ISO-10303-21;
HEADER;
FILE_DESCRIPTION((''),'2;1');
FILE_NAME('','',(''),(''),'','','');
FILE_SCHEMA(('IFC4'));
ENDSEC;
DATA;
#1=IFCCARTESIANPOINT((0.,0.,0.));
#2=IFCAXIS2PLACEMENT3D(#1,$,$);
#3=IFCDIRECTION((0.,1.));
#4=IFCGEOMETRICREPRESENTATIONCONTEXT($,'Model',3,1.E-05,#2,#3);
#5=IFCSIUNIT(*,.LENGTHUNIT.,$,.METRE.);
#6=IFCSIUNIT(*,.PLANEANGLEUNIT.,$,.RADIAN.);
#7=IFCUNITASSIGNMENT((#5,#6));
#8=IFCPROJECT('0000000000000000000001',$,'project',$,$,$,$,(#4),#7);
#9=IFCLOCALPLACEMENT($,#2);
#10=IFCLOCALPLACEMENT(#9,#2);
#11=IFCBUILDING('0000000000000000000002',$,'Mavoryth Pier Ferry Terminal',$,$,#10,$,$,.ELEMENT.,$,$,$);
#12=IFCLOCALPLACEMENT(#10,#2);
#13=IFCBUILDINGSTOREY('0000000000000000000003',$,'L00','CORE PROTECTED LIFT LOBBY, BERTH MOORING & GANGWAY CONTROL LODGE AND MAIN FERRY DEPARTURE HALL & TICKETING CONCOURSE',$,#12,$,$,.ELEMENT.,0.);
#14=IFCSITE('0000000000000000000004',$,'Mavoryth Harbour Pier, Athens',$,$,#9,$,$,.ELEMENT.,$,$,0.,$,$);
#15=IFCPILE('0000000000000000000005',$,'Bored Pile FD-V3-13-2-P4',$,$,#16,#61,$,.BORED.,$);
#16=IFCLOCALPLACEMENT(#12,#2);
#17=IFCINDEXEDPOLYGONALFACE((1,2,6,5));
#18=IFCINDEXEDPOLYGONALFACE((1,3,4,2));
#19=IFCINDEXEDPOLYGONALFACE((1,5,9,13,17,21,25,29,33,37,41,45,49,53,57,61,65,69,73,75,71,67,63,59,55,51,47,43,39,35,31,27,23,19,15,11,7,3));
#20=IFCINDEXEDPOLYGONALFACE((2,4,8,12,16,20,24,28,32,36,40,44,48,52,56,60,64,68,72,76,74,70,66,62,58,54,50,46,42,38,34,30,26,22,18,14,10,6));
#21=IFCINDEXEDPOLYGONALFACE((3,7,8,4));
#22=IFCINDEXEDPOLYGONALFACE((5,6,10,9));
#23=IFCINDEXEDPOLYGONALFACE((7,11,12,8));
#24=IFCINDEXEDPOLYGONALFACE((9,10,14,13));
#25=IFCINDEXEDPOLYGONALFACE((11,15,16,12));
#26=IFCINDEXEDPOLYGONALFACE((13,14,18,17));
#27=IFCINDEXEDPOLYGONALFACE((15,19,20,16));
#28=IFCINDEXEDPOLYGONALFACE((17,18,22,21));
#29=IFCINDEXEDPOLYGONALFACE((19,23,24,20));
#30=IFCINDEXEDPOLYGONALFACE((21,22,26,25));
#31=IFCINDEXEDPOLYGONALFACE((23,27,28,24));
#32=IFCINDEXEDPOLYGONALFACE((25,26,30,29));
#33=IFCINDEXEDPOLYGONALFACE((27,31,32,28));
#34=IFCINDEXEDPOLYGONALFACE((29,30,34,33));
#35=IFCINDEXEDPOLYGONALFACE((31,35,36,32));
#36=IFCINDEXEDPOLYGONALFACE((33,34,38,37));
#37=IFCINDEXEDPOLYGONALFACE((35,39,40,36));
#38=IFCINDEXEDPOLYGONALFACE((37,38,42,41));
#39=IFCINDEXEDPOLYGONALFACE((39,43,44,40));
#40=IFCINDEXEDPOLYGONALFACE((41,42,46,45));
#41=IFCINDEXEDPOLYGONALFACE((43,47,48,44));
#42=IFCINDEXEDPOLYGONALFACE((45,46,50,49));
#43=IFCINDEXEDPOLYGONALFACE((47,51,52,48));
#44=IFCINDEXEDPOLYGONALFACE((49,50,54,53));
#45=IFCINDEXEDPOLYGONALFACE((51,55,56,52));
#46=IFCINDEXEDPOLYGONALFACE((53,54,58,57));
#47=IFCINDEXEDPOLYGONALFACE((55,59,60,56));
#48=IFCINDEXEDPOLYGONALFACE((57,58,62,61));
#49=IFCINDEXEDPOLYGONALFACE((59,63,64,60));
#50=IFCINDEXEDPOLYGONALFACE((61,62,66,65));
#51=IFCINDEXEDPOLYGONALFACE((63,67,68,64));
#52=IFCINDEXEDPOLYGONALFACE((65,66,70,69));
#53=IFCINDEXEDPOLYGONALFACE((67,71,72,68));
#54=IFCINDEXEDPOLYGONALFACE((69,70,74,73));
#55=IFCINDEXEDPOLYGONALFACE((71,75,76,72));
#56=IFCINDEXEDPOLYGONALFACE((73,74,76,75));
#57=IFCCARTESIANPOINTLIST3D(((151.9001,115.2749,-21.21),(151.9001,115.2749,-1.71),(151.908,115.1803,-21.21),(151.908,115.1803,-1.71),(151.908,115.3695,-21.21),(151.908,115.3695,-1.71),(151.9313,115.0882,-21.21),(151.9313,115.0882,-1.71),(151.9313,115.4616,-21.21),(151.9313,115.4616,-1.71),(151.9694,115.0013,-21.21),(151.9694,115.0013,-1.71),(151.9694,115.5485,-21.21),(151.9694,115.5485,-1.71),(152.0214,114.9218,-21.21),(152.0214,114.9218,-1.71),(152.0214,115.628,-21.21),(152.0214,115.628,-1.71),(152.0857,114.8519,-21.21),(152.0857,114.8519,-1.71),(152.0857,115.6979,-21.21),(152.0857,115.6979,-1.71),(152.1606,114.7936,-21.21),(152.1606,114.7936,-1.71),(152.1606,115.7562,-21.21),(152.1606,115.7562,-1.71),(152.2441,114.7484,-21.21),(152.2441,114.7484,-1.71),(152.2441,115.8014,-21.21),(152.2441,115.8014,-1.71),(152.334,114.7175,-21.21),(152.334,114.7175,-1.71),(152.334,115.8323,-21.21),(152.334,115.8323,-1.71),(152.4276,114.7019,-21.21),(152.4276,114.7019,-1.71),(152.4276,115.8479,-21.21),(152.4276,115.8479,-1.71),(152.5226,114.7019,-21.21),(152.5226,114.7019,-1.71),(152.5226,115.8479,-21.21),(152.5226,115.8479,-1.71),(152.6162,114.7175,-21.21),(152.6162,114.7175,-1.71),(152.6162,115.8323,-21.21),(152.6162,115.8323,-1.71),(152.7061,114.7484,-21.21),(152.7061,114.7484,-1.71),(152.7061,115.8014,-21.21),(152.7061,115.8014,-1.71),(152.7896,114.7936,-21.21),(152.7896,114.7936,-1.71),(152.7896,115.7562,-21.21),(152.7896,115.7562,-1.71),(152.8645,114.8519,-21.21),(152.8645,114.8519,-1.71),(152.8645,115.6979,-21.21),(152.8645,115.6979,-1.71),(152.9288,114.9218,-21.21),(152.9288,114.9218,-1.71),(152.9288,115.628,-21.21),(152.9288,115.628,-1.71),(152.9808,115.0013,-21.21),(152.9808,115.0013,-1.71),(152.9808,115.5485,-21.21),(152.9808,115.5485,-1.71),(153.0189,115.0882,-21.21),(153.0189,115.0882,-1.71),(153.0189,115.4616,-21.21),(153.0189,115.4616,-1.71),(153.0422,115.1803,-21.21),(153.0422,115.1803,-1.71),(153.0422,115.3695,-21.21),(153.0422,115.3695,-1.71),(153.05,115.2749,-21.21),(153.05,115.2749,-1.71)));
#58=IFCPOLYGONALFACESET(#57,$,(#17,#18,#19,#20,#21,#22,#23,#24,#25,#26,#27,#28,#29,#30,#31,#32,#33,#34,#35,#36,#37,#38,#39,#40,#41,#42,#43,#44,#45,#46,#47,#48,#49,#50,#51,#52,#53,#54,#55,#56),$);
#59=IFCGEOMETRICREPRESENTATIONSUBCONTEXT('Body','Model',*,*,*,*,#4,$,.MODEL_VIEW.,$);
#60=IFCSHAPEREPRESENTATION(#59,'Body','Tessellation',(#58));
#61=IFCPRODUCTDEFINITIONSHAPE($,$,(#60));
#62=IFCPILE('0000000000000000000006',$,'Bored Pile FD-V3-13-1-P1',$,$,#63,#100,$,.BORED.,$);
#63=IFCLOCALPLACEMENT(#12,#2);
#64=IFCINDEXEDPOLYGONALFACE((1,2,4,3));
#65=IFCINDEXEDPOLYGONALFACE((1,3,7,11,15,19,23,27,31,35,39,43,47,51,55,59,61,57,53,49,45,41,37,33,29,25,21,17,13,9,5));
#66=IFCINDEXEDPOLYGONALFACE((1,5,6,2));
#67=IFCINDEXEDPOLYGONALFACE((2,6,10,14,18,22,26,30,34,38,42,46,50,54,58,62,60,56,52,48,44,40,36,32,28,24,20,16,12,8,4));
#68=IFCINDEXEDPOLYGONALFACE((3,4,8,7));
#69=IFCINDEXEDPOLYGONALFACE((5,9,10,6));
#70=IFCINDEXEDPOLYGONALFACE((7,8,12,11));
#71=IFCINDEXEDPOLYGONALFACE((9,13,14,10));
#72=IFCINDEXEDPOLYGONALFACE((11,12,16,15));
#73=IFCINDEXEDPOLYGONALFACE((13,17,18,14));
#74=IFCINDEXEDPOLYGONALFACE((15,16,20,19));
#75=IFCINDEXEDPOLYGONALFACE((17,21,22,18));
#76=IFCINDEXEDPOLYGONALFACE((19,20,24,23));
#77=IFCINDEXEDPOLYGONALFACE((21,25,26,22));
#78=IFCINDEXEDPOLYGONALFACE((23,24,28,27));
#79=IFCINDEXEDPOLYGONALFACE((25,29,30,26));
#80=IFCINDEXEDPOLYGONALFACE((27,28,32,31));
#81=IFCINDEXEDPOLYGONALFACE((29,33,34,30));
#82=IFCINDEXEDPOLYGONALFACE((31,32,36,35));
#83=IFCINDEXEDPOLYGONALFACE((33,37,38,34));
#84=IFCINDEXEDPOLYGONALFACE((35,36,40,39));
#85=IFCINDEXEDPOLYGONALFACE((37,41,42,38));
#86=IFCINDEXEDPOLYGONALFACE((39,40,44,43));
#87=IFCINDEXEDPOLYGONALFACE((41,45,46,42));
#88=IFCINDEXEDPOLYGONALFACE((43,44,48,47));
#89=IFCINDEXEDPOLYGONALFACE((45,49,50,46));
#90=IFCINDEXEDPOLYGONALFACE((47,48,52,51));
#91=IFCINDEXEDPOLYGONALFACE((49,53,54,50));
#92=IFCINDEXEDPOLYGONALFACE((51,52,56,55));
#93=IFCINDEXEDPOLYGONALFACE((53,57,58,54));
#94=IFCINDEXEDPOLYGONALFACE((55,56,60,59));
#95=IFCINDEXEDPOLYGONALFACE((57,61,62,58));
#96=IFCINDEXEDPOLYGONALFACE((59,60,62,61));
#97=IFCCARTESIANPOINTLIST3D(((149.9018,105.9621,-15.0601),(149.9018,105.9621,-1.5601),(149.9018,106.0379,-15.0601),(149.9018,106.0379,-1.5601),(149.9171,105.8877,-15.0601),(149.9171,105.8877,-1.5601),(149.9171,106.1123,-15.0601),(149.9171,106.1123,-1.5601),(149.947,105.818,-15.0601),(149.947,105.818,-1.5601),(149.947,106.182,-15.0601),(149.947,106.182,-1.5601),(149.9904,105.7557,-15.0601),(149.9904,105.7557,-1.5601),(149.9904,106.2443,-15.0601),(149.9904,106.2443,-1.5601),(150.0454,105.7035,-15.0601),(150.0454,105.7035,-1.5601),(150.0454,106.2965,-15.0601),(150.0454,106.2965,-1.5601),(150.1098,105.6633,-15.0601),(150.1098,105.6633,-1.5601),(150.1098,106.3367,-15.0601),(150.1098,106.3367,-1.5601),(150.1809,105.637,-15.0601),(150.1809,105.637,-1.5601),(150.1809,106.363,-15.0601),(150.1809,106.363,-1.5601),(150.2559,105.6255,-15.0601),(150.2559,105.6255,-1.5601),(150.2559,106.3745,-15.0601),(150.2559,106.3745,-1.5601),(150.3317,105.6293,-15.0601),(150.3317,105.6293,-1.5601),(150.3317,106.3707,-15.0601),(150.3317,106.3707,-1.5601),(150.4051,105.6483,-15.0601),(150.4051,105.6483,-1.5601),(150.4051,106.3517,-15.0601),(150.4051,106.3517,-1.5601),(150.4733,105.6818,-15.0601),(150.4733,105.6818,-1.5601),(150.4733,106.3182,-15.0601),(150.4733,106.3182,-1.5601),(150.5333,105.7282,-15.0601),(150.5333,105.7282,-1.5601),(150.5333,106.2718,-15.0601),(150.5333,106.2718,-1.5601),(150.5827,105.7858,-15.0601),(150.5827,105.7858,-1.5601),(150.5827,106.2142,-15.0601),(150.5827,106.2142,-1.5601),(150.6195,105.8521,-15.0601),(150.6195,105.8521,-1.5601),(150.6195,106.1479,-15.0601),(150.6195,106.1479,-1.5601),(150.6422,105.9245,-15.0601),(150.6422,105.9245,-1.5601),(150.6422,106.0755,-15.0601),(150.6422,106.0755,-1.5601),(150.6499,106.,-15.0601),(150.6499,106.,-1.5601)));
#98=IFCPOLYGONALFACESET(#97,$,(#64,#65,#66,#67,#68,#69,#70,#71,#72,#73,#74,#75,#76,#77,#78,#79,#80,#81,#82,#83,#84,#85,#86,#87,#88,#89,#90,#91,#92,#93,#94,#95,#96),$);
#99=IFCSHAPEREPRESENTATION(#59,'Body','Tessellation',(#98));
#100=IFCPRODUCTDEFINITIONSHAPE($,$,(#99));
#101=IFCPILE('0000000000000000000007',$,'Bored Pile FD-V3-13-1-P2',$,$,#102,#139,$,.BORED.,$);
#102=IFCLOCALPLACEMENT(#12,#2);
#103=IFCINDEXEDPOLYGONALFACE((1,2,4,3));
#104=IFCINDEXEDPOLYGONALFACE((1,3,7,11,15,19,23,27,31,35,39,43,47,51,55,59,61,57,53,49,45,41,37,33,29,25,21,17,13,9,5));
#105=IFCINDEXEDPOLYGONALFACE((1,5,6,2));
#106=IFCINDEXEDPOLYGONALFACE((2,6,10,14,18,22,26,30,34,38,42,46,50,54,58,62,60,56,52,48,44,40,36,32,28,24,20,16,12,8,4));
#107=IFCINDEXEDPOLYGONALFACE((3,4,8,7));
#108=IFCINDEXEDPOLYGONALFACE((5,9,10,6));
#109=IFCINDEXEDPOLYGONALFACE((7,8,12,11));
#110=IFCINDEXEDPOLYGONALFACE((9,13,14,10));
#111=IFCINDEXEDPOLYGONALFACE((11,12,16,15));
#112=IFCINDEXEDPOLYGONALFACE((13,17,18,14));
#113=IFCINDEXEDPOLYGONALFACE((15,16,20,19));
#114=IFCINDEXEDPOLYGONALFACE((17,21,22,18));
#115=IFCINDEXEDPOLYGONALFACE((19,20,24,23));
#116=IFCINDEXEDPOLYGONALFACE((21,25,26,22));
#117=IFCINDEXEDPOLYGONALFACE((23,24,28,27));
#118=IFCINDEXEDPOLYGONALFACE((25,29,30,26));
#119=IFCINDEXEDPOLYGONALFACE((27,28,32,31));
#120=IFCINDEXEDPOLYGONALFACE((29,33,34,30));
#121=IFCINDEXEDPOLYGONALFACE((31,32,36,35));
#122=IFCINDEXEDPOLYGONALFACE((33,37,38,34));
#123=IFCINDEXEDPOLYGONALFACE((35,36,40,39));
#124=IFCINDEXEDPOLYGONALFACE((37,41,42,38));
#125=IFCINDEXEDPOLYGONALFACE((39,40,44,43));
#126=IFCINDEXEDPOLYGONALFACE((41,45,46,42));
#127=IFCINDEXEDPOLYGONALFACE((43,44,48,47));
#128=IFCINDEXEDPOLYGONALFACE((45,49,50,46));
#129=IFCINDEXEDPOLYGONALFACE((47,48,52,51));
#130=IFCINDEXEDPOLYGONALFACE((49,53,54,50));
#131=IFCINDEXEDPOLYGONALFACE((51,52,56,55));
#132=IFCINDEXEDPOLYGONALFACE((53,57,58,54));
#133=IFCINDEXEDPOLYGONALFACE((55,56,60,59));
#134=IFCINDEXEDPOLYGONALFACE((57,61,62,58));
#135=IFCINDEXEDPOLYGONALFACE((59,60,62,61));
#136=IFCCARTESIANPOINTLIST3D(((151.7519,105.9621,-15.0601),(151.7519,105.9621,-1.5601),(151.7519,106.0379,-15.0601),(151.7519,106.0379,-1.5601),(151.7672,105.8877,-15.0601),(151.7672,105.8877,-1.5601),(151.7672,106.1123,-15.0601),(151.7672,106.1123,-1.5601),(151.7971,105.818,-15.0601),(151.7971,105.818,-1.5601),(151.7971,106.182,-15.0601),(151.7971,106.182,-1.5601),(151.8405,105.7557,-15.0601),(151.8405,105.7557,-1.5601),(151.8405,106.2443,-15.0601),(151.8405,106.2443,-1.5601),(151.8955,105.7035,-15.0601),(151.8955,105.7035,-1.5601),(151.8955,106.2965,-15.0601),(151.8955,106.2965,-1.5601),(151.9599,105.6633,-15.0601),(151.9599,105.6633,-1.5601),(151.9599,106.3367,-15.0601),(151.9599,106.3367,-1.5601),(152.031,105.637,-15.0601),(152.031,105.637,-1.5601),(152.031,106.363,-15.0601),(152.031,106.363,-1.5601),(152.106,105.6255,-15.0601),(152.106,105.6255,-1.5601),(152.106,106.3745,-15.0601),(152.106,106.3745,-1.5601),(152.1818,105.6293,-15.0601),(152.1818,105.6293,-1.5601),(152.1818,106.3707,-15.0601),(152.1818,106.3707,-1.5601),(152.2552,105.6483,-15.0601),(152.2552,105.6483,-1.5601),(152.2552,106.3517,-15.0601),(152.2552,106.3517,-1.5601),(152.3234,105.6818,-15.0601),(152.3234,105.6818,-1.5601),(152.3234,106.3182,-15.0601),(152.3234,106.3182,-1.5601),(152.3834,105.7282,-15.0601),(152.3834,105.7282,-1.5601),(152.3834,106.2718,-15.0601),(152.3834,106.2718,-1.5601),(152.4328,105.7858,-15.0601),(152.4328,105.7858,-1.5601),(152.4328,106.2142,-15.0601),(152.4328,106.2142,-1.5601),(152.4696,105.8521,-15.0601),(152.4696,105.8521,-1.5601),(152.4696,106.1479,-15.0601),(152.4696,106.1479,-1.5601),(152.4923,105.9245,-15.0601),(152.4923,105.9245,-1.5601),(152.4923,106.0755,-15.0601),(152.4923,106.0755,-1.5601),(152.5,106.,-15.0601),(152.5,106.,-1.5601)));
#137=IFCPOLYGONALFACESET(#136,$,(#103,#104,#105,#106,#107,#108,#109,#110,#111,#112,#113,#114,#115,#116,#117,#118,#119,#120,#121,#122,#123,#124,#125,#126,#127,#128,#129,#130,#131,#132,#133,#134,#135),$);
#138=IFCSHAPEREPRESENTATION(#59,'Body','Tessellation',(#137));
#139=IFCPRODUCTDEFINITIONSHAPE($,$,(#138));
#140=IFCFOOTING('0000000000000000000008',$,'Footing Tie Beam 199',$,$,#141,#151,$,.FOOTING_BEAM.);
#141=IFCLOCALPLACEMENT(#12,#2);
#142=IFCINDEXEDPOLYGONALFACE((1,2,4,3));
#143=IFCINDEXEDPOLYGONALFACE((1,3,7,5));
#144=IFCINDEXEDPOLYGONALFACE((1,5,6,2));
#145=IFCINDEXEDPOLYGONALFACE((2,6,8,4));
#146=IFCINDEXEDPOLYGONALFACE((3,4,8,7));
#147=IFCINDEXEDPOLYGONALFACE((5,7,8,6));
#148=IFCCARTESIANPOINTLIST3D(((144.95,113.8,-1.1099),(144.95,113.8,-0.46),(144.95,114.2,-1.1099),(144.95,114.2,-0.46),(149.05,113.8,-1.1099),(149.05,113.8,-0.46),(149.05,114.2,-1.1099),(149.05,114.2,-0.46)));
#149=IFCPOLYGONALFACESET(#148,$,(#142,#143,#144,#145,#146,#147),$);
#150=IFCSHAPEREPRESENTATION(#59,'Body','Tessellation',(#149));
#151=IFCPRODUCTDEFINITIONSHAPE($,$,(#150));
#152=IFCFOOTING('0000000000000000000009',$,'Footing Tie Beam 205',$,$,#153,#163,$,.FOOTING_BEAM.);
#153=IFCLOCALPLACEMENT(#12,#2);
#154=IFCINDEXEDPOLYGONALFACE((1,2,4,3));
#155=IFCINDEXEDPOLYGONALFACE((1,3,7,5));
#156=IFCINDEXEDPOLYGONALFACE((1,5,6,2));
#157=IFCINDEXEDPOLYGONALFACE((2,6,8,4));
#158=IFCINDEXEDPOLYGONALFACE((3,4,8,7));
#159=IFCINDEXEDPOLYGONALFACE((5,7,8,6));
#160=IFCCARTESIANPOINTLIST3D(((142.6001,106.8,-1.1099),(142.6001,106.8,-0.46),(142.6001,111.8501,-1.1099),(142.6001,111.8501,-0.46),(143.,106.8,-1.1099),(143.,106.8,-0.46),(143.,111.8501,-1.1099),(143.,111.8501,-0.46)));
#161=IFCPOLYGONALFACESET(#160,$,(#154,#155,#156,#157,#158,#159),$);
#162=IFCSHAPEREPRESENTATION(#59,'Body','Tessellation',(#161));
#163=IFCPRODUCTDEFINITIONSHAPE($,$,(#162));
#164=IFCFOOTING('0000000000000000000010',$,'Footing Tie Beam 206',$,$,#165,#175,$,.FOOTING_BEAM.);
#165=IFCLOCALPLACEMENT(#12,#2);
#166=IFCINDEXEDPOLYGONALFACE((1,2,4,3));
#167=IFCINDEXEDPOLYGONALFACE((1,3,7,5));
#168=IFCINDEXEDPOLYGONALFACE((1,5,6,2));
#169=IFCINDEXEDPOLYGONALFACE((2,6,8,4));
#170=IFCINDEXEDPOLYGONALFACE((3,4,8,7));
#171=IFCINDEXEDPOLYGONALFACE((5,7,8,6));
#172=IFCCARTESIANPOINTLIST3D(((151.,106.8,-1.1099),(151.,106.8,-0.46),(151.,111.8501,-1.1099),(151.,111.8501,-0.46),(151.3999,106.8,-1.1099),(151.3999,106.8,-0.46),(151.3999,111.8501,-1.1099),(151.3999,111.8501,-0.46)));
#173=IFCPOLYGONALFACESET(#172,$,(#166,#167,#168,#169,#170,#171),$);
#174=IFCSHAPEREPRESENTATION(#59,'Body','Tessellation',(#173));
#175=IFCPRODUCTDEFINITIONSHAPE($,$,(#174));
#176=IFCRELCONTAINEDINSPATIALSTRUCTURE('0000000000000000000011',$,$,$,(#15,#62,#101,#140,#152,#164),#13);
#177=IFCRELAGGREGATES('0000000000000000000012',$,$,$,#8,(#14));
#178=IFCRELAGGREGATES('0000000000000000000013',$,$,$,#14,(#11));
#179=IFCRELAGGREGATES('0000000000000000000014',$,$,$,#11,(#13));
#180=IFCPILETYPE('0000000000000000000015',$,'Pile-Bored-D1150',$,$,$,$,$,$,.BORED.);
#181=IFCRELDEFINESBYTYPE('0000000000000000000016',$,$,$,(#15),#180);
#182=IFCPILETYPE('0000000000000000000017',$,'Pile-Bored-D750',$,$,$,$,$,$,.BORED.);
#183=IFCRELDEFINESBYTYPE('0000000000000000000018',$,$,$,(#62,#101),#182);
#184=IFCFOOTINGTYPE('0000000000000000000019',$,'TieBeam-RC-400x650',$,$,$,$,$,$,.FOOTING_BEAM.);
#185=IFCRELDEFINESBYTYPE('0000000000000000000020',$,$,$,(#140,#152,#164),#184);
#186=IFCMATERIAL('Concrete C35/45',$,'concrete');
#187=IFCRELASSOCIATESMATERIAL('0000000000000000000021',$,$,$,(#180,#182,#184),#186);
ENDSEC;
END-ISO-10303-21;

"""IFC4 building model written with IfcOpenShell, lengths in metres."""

from ifc_helpers import new_model, si_unit, direction, frame, origin, origin_2d, place, context, subcontext, project, spatial, rectangle, circle, extrude, material, material_profile, profile_set, type_object, element, save


model = new_model("IFC4")

# Units and contexts
model_context = context("Model", 3, precision=1e-05, world=origin(), true_north=direction((0.0, 1.0)))
body_context = subcontext(model_context, "Body", "Model", "MODEL_VIEW")
ifc_project = project(units=[si_unit("LENGTHUNIT", "METRE"), si_unit("PLANEANGLEUNIT", "RADIAN")], contexts=[model_context])

# Site, building, storey
site_placement = place(None, origin())
site = spatial("IfcSite", under=ifc_project, at=site_placement, Name="Mavoryth Harbour Pier, Athens", CompositionType="ELEMENT", RefElevation=0.0)
building_placement = place(site_placement, origin())
building = spatial("IfcBuilding", under=site, at=building_placement, Name="Mavoryth Pier Ferry Terminal", CompositionType="ELEMENT")
storey_placement = place(building_placement, origin())
storey = spatial("IfcBuildingStorey", under=building, at=storey_placement, Name="L00", Description="CORE PROTECTED LIFT LOBBY, BERTH MOORING & GANGWAY CONTROL LODGE AND MAIN FERRY DEPARTURE HALL & TICKETING CONCOURSE", CompositionType="ELEMENT", Elevation=0.0)

# Shared definitions
ifc_material_1 = material(Name="Concrete C35/45", Category="concrete")

# Piles
ifc_material_profile_1 = material_profile(ifc_material_1, circle(Radius=0.575, at=origin_2d()), Name="PILE D1150", Category="concrete")
ifc_profile_set_1 = profile_set([ifc_material_profile_1], Name="Concrete C35/45 - PILE D1150")
pile_type_1 = type_object("IfcPileType", Name="Pile-Bored-D1150", PredefinedType="BORED", material=ifc_profile_set_1)
for number, where, z_axis, x_axis, name in (
    (1, (152.4751, 115.2749, -1.71), (0.0, 0.0, -1.0), (1.0, 0.0, 0.0), "Bored Pile FD-V3-13-2-P4"),
):
    element("IfcPile", number, at=place(storey_placement, frame(where, z_axis=z_axis, x_axis=x_axis)), inside=storey, type_object=pile_type_1, Name=name, PredefinedType="BORED", context=body_context, shape_type="SweptSolid", body=[
        extrude(circle(Radius=0.575, at=origin_2d()), origin(), (0.0, 0.0, 1.0), 19.5),
    ])
ifc_material_profile_2 = material_profile(ifc_material_1, circle(Radius=0.375, at=origin_2d()), Name="PILE D750", Category="concrete")
ifc_profile_set_2 = profile_set([ifc_material_profile_2], Name="Concrete C35/45 - PILE D750")
pile_type_2 = type_object("IfcPileType", Name="Pile-Bored-D750", PredefinedType="BORED", material=ifc_profile_set_2)
for number, where, z_axis, x_axis, name in (
    (2, (150.2749, 106.0, -1.5601), (0.0, 0.0, -1.0), (1.0, 0.0, 0.0), "Bored Pile FD-V3-13-1-P1"),
    (3, (152.125, 106.0, -1.5601), (0.0, 0.0, -1.0), (1.0, 0.0, 0.0), "Bored Pile FD-V3-13-1-P2"),
):
    element("IfcPile", number, at=place(storey_placement, frame(where, z_axis=z_axis, x_axis=x_axis)), inside=storey, type_object=pile_type_2, Name=name, PredefinedType="BORED", context=body_context, shape_type="SweptSolid", body=[
        extrude(circle(Radius=0.375, at=origin_2d()), origin(), (0.0, 0.0, 1.0), 13.5),
    ])

# Footings
ifc_material_profile_3 = material_profile(ifc_material_1, rectangle(XDim=0.3999, YDim=0.6499, at=origin_2d()), Name="RC 400x650", Category="concrete")
ifc_profile_set_3 = profile_set([ifc_material_profile_3], Name="Concrete C35/45 - RC 400x650")
footing_type_1 = type_object("IfcFootingType", Name="TieBeam-RC-400x650", PredefinedType="FOOTING_BEAM", material=ifc_profile_set_3)
footing_1_placement = place(storey_placement, frame((144.95, 114.0, -0.7849), z_axis=(1.0, 0.0, 0.0), x_axis=(0.0, 1.0, 0.0)))
element("IfcFooting", 4, at=footing_1_placement, inside=storey, type_object=footing_type_1, Name="Footing Tie Beam 199", PredefinedType="FOOTING_BEAM", context=body_context, shape_type="SweptSolid", body=[
    extrude(rectangle(XDim=0.3999, YDim=0.6499, at=origin_2d()), origin(), (0.0, 0.0, 1.0), 4.1001),
])
for number, where, z_axis, x_axis, name in (
    (5, (142.8, 106.8, -0.7849), (0.0, 1.0, 0.0), (-1.0, 0.0, 0.0), "Footing Tie Beam 205"),
    (6, (151.2, 106.8, -0.7849), (0.0, 1.0, 0.0), (-1.0, 0.0, 0.0), "Footing Tie Beam 206"),
):
    element("IfcFooting", number, at=place(storey_placement, frame(where, z_axis=z_axis, x_axis=x_axis)), inside=storey, type_object=footing_type_1, Name=name, PredefinedType="FOOTING_BEAM", context=body_context, shape_type="SweptSolid", body=[
        extrude(rectangle(XDim=0.3999, YDim=0.6499, at=origin_2d()), origin(), (0.0, 0.0, 1.0), 5.05),
    ])

save(model, "model.ifc")
